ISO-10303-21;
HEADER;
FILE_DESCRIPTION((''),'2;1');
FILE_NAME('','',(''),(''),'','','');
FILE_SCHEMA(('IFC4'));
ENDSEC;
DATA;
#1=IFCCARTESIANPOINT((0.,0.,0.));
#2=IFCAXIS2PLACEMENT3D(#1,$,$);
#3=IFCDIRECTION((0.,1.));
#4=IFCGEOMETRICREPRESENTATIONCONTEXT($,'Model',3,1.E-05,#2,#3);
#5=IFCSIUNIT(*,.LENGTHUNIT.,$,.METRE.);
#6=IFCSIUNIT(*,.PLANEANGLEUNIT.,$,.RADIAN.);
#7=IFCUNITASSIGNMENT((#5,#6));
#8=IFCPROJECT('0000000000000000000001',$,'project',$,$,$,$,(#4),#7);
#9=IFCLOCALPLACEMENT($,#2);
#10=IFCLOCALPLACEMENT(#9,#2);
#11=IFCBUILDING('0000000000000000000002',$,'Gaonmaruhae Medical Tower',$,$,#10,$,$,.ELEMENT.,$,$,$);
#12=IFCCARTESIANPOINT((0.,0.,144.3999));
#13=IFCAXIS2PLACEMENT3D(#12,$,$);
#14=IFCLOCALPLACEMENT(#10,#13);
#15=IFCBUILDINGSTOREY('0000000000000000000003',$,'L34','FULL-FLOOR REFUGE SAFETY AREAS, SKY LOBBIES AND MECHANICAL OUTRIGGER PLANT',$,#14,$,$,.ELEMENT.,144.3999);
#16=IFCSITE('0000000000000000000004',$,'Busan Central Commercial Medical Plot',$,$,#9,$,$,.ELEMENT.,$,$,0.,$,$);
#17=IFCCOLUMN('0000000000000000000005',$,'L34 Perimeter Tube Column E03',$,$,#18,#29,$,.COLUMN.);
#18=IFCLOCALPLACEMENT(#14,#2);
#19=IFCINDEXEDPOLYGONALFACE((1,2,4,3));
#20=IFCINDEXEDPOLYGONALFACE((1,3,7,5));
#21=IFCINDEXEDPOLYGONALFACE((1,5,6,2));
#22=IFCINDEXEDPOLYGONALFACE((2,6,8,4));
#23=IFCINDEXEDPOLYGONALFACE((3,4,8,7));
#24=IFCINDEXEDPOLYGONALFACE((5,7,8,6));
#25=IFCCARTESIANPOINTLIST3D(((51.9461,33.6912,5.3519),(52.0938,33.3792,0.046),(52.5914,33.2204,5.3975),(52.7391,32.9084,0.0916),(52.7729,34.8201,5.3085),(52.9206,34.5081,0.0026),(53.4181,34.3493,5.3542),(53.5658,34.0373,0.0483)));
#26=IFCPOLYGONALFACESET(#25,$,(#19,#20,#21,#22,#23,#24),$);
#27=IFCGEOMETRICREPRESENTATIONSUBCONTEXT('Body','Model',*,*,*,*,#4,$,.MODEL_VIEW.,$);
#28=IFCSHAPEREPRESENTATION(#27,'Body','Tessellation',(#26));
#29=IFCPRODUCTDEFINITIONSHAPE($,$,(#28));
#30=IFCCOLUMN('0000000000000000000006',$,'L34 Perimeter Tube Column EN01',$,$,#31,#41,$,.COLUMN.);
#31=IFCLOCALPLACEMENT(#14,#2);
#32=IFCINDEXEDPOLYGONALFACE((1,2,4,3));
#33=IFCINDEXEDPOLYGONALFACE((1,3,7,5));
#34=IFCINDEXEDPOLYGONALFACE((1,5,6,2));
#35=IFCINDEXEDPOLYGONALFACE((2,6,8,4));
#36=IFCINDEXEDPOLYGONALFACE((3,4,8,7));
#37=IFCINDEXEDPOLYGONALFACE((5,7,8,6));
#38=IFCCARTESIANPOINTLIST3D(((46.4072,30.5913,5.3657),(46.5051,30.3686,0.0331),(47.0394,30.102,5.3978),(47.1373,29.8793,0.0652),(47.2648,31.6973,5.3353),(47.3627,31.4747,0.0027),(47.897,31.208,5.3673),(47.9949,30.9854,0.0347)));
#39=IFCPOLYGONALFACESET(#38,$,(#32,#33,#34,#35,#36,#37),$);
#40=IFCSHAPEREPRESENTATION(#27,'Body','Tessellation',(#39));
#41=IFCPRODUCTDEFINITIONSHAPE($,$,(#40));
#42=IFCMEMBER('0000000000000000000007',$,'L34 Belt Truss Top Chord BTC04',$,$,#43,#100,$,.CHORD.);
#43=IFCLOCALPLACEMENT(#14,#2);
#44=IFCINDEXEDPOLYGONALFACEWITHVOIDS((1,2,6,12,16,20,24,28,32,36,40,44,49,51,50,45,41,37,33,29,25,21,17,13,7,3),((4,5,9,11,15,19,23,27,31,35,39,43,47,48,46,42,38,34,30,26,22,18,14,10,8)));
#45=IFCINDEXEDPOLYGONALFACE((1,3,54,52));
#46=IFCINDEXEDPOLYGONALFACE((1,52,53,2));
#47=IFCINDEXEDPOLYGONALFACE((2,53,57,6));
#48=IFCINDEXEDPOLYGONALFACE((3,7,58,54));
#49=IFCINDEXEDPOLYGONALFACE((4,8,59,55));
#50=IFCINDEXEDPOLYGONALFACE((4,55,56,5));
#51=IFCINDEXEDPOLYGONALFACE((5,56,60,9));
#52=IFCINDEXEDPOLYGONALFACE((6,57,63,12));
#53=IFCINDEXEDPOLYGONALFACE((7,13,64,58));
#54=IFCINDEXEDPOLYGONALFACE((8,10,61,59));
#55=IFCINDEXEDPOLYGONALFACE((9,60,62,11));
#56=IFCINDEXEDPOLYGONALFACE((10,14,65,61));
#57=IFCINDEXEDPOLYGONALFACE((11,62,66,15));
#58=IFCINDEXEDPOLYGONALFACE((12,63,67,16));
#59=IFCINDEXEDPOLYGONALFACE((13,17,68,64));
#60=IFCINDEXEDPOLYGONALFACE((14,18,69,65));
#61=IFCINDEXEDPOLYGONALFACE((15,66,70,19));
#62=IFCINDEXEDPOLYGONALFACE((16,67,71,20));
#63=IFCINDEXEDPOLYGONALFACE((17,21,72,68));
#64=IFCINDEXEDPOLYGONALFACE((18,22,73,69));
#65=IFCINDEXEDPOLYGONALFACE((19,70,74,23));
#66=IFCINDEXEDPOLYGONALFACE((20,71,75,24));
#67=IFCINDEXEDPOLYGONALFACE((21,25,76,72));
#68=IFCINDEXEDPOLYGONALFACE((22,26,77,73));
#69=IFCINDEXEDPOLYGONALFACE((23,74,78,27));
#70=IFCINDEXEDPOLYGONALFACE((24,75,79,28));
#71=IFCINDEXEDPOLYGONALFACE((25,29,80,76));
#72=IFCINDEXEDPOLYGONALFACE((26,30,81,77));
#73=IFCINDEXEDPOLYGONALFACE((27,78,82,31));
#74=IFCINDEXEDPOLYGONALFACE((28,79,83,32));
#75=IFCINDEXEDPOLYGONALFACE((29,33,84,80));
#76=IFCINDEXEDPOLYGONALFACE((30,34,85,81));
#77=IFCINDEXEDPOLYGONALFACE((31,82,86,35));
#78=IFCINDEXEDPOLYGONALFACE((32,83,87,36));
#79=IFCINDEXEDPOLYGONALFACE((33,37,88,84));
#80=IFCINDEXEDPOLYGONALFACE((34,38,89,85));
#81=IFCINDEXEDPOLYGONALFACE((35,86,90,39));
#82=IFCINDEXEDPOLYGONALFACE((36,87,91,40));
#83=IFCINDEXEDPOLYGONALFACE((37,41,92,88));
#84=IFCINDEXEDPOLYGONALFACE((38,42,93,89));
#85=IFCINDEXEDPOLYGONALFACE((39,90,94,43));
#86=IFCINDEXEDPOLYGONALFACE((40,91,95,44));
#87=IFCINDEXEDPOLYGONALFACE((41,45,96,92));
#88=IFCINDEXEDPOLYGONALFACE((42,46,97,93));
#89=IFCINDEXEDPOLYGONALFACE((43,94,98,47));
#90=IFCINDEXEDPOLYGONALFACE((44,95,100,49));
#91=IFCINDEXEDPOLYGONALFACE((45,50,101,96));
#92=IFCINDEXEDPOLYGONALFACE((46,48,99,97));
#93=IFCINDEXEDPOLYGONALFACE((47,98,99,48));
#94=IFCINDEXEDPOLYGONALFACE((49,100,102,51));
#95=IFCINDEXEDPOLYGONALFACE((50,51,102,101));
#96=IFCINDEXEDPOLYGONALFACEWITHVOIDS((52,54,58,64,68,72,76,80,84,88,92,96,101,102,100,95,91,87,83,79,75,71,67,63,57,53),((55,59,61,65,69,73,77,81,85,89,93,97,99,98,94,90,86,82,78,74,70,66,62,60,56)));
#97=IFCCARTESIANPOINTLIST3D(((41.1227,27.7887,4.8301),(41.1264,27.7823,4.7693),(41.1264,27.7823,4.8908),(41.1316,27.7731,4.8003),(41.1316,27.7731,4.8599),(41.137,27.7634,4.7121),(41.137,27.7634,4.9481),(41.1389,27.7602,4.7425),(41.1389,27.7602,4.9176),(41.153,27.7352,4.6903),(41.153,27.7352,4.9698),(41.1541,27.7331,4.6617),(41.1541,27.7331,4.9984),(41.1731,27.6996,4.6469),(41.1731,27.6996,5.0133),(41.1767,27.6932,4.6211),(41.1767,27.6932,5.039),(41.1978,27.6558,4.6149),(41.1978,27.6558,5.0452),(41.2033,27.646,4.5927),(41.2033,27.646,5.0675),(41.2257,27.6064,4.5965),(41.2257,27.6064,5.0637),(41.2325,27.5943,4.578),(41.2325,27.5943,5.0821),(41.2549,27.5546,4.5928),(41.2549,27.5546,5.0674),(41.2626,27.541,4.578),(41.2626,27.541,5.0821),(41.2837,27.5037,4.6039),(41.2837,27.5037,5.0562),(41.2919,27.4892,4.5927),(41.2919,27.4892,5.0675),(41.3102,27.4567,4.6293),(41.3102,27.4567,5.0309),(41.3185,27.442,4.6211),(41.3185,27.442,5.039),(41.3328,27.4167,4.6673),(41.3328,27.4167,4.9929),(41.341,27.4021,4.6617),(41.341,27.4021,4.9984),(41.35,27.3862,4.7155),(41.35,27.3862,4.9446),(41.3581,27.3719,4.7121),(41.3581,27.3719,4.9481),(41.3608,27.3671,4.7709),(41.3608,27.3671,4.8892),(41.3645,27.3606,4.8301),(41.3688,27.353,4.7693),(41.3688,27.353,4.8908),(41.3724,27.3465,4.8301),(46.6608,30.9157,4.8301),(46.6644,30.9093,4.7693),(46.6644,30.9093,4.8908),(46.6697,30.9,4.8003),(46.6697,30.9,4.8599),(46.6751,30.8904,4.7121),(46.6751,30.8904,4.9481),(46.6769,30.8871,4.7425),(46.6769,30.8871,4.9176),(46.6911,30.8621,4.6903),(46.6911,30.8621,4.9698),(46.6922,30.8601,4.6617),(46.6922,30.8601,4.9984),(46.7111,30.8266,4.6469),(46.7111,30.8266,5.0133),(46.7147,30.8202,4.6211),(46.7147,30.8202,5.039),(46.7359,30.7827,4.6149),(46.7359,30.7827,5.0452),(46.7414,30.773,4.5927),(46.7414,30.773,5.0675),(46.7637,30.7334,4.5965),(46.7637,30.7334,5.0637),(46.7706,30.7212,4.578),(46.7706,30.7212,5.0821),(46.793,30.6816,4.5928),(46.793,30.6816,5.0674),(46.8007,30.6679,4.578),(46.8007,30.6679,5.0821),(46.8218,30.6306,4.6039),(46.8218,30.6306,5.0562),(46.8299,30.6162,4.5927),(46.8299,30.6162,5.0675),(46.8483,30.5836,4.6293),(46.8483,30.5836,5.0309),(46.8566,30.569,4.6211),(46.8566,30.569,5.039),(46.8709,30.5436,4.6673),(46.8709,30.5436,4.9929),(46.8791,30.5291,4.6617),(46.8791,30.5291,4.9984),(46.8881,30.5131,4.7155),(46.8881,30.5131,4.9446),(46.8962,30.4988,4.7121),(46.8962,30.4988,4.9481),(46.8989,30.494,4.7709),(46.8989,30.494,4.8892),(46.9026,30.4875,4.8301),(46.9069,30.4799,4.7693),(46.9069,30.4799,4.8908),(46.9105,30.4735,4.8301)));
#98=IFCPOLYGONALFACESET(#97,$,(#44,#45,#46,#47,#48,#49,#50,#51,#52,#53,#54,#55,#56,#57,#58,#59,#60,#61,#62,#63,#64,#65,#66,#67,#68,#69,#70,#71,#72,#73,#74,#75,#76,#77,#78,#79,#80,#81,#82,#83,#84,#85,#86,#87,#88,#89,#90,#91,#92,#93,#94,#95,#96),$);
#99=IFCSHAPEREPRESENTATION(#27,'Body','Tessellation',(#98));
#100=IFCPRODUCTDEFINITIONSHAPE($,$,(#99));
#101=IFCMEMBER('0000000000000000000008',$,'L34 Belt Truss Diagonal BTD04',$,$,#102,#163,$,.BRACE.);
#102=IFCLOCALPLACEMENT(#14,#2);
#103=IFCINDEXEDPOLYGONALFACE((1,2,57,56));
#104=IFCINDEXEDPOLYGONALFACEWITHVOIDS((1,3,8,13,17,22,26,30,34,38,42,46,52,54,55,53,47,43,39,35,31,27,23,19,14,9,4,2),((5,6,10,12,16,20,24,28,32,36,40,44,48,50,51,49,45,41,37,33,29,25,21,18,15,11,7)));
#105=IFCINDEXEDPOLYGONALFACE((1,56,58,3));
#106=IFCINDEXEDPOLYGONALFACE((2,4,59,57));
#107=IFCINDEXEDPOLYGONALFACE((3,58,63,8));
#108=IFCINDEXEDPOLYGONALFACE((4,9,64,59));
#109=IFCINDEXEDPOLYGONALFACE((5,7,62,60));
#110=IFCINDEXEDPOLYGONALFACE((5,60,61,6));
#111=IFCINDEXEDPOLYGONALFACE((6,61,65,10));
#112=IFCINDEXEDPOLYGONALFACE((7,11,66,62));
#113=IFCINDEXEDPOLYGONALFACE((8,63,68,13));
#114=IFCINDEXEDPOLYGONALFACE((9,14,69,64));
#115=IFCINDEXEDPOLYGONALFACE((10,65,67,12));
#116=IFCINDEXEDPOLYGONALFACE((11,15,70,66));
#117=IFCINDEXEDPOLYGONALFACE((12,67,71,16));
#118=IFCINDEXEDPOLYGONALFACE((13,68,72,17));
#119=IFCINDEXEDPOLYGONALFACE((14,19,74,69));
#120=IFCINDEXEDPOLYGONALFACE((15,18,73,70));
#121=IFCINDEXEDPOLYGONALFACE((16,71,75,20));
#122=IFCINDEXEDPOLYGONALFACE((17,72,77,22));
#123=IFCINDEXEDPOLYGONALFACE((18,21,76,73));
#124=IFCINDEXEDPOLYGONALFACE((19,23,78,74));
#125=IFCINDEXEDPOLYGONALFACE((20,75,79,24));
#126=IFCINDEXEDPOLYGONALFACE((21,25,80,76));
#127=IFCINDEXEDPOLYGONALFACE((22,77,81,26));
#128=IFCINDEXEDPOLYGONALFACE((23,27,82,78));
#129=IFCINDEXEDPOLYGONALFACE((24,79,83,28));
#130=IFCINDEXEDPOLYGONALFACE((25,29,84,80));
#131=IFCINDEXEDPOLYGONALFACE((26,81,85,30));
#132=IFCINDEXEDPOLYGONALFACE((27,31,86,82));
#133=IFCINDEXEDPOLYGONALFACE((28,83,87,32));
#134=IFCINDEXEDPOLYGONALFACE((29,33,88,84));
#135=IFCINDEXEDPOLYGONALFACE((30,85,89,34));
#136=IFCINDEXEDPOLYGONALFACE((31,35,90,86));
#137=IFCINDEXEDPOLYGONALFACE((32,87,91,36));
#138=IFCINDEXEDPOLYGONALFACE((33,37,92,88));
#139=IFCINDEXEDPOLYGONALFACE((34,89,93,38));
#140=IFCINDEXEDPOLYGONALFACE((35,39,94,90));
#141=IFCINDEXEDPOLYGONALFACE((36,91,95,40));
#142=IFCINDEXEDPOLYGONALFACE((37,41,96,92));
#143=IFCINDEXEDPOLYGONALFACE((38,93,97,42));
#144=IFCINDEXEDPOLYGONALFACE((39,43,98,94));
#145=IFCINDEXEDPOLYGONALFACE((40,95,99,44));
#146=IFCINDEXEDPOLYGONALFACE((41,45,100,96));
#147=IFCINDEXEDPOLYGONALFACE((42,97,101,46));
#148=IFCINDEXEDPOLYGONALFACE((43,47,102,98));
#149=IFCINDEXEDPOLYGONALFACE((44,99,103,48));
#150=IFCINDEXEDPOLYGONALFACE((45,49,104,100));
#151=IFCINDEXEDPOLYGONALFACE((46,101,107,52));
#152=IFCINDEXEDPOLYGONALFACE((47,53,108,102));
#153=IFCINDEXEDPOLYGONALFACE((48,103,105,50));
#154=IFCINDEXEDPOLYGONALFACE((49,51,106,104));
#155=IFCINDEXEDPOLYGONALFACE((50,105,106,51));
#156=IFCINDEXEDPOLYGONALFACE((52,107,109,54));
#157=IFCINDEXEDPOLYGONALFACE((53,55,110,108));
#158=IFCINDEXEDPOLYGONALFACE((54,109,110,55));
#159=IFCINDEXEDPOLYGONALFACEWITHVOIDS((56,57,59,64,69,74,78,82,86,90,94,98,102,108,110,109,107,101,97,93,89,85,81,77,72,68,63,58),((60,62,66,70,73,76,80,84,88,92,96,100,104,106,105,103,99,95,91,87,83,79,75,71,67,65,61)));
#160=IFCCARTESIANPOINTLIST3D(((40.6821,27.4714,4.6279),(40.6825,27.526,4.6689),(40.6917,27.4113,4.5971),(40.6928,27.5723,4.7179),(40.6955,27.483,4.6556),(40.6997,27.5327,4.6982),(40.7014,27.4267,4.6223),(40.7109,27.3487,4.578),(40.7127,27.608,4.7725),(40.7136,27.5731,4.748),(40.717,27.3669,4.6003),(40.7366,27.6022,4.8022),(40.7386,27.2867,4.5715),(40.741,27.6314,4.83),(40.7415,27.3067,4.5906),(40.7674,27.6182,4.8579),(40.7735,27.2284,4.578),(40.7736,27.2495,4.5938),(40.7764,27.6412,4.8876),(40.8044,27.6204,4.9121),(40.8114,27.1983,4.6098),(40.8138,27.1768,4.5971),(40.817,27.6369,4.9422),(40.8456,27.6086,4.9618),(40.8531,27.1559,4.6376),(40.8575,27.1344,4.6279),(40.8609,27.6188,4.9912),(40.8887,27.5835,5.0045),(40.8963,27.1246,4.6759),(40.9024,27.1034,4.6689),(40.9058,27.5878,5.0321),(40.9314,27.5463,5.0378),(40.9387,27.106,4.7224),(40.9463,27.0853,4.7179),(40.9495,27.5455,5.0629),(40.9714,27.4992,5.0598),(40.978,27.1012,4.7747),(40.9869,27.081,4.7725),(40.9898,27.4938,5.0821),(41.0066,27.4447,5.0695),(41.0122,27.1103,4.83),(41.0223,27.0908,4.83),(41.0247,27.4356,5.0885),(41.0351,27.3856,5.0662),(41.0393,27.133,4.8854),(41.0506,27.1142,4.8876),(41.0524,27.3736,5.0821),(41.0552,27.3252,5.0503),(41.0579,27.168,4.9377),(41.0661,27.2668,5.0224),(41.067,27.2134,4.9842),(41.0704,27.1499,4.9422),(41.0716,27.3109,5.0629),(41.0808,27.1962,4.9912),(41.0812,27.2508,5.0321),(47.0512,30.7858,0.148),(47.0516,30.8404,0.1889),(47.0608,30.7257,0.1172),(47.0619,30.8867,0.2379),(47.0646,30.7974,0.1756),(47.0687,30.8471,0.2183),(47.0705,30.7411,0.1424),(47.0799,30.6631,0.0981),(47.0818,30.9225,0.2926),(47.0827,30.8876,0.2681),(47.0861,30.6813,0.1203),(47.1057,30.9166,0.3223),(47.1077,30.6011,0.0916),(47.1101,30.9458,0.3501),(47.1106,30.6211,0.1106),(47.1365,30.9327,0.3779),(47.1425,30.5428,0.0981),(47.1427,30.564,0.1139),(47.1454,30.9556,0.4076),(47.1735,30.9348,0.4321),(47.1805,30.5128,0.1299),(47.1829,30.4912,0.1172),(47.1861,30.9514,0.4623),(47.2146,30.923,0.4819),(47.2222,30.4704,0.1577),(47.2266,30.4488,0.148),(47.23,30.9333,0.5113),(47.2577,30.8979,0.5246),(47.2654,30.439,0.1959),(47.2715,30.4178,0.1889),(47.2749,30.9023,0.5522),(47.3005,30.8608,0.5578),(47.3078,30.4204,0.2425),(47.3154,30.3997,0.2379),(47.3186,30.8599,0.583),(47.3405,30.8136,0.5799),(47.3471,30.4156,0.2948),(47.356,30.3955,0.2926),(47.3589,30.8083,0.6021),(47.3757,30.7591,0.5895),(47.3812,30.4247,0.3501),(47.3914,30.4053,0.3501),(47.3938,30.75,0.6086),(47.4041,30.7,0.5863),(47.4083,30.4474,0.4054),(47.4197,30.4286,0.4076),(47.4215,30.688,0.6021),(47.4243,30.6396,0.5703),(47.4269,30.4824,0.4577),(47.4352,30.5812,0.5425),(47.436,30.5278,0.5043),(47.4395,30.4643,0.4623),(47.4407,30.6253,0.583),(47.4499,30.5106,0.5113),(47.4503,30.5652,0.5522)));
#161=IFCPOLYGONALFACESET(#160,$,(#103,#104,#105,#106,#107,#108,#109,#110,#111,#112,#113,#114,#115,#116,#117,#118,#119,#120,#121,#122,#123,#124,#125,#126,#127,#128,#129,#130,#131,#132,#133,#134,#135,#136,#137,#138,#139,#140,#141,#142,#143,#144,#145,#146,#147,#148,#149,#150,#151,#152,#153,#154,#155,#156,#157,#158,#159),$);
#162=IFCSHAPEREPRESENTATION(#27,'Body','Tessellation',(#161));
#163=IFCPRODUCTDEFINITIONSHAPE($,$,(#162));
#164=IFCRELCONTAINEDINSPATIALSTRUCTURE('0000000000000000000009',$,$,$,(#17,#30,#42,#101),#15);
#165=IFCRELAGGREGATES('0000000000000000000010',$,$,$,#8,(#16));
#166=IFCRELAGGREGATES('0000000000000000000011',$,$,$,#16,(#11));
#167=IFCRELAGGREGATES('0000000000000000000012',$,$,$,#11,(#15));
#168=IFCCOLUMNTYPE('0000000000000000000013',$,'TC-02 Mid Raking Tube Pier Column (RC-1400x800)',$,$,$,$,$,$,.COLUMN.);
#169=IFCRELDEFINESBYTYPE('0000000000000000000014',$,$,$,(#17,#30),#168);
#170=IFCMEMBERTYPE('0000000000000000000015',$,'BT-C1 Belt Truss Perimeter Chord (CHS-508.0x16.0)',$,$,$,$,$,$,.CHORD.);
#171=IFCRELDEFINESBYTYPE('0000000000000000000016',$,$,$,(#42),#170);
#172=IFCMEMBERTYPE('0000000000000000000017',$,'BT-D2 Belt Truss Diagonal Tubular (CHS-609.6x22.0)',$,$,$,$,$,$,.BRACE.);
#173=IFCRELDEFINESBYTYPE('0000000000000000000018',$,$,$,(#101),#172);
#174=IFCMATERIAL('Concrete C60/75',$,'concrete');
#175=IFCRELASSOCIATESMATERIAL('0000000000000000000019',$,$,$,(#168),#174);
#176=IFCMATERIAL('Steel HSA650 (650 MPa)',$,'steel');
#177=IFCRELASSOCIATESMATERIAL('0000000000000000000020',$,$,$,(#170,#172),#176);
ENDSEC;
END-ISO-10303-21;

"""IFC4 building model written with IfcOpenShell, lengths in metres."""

from ifc_helpers import new_model, si_unit, direction, frame, origin, origin_2d, place, context, subcontext, project, spatial, rectangle, hollow_circle, extrude, material, material_profile, profile_set, type_object, element, save


model = new_model("IFC4")

# Units and contexts
model_context = context("Model", 3, precision=1e-05, world=origin(), true_north=direction((0.0, 1.0)))
body_context = subcontext(model_context, "Body", "Model", "MODEL_VIEW")
ifc_project = project(units=[si_unit("LENGTHUNIT", "METRE"), si_unit("PLANEANGLEUNIT", "RADIAN")], contexts=[model_context])

# Site, building, storey
site_placement = place(None, origin())
site = spatial("IfcSite", under=ifc_project, at=site_placement, Name="Busan Central Commercial Medical Plot", CompositionType="ELEMENT", RefElevation=0.0)
building_placement = place(site_placement, origin())
building = spatial("IfcBuilding", under=site, at=building_placement, Name="Gaonmaruhae Medical Tower", CompositionType="ELEMENT")
storey_placement = place(building_placement, frame((0.0, 0.0, 144.3999)))
storey = spatial("IfcBuildingStorey", under=building, at=storey_placement, Name="L34", Description="FULL-FLOOR REFUGE SAFETY AREAS, SKY LOBBIES AND MECHANICAL OUTRIGGER PLANT", CompositionType="ELEMENT", Elevation=144.3999)

# Columns
ifc_material_1 = material(Name="Concrete C60/75", Category="concrete")
ifc_material_profile_1 = material_profile(ifc_material_1, rectangle(XDim=1.3999, YDim=0.8, at=origin_2d()), Name="RC-1400x800")
ifc_profile_set_1 = profile_set([ifc_material_profile_1], Name="Concrete C60/75")
column_type = type_object("IfcColumnType", Name="TC-02 Mid Raking Tube Pier Column (RC-1400x800)", PredefinedType="COLUMN", material=ifc_profile_set_1)
column_1_placement = place(storey_placement, frame((52.8298, 33.7083, 0.0471), z_axis=(-0.027779, 0.058681, 0.99789), x_axis=(-0.590576, -0.806387, 0.030979)))
element("IfcColumn", 1, at=column_1_placement, inside=storey, type_object=column_type, Name="L34 Perimeter Tube Column E03", PredefinedType="COLUMN", context=body_context, shape_type="SweptSolid", body=[
    extrude(rectangle(XDim=1.3999, YDim=0.8, at=origin_2d()), origin(), (0.0, 0.0, 1.0), 5.3171),
])
column_2_placement = place(storey_placement, frame((47.25, 30.677, 0.0339), z_axis=(-0.01834, 0.041711, 0.998961), x_axis=(-0.612627, -0.790073, 0.021742)))
element("IfcColumn", 2, at=column_2_placement, inside=storey, type_object=column_type, Name="L34 Perimeter Tube Column EN01", PredefinedType="COLUMN", context=body_context, shape_type="SweptSolid", body=[
    extrude(rectangle(XDim=1.3999, YDim=0.8, at=origin_2d()), origin(), (0.0, 0.0, 1.0), 5.3381),
])

# Members
ifc_material_2 = material(Name="Steel HSA650 (650 MPa)", Category="steel")
ifc_material_profile_2 = material_profile(ifc_material_2, hollow_circle(Radius=0.2539, WallThickness=0.0161, at=origin_2d()), Name="CHS-508.0x16.0")
ifc_profile_set_2 = profile_set([ifc_material_profile_2], Name="Steel HSA650 (650 MPa)")
member_type_1 = type_object("IfcMemberType", Name="BT-C1 Belt Truss Perimeter Chord (CHS-508.0x16.0)", PredefinedType="CHORD", material=ifc_profile_set_2)
member_1_placement = place(storey_placement, frame((46.7856, 30.6946, 4.8301), z_axis=(-0.870783, -0.491668, 0.0), x_axis=(0.491668, -0.870783, 0.0)))
element("IfcMember", 3, at=member_1_placement, inside=storey, type_object=member_type_1, Name="L34 Belt Truss Top Chord BTC04", PredefinedType="CHORD", context=body_context, shape_type="SweptSolid", body=[
    extrude(hollow_circle(Radius=0.2539, WallThickness=0.0161, at=origin_2d()), origin(), (0.0, 0.0, 1.0), 6.3599),
])
ifc_material_profile_3 = material_profile(ifc_material_2, hollow_circle(Radius=0.3047, WallThickness=0.022, at=origin_2d()), Name="CHS-609.6x22.0")
ifc_profile_set_3 = profile_set([ifc_material_profile_3], Name="Steel HSA650 (650 MPa)")
member_type_2 = type_object("IfcMemberType", Name="BT-D2 Belt Truss Diagonal Tubular (CHS-609.6x22.0)", PredefinedType="BRACE", material=ifc_profile_set_3)
member_2_placement = place(storey_placement, frame((47.2507, 30.6755, 0.3501), z_axis=(-0.75259, -0.391642, 0.529363), x_axis=(0.461627, -0.887074, 0.0)))
element("IfcMember", 4, at=member_2_placement, inside=storey, type_object=member_type_2, Name="L34 Belt Truss Diagonal BTD04", PredefinedType="BRACE", context=body_context, shape_type="SweptSolid", body=[
    extrude(hollow_circle(Radius=0.3047, WallThickness=0.022, at=origin_2d()), origin(), (0.0, 0.0, 1.0), 8.4629),
])

save(model, "model.ifc")
